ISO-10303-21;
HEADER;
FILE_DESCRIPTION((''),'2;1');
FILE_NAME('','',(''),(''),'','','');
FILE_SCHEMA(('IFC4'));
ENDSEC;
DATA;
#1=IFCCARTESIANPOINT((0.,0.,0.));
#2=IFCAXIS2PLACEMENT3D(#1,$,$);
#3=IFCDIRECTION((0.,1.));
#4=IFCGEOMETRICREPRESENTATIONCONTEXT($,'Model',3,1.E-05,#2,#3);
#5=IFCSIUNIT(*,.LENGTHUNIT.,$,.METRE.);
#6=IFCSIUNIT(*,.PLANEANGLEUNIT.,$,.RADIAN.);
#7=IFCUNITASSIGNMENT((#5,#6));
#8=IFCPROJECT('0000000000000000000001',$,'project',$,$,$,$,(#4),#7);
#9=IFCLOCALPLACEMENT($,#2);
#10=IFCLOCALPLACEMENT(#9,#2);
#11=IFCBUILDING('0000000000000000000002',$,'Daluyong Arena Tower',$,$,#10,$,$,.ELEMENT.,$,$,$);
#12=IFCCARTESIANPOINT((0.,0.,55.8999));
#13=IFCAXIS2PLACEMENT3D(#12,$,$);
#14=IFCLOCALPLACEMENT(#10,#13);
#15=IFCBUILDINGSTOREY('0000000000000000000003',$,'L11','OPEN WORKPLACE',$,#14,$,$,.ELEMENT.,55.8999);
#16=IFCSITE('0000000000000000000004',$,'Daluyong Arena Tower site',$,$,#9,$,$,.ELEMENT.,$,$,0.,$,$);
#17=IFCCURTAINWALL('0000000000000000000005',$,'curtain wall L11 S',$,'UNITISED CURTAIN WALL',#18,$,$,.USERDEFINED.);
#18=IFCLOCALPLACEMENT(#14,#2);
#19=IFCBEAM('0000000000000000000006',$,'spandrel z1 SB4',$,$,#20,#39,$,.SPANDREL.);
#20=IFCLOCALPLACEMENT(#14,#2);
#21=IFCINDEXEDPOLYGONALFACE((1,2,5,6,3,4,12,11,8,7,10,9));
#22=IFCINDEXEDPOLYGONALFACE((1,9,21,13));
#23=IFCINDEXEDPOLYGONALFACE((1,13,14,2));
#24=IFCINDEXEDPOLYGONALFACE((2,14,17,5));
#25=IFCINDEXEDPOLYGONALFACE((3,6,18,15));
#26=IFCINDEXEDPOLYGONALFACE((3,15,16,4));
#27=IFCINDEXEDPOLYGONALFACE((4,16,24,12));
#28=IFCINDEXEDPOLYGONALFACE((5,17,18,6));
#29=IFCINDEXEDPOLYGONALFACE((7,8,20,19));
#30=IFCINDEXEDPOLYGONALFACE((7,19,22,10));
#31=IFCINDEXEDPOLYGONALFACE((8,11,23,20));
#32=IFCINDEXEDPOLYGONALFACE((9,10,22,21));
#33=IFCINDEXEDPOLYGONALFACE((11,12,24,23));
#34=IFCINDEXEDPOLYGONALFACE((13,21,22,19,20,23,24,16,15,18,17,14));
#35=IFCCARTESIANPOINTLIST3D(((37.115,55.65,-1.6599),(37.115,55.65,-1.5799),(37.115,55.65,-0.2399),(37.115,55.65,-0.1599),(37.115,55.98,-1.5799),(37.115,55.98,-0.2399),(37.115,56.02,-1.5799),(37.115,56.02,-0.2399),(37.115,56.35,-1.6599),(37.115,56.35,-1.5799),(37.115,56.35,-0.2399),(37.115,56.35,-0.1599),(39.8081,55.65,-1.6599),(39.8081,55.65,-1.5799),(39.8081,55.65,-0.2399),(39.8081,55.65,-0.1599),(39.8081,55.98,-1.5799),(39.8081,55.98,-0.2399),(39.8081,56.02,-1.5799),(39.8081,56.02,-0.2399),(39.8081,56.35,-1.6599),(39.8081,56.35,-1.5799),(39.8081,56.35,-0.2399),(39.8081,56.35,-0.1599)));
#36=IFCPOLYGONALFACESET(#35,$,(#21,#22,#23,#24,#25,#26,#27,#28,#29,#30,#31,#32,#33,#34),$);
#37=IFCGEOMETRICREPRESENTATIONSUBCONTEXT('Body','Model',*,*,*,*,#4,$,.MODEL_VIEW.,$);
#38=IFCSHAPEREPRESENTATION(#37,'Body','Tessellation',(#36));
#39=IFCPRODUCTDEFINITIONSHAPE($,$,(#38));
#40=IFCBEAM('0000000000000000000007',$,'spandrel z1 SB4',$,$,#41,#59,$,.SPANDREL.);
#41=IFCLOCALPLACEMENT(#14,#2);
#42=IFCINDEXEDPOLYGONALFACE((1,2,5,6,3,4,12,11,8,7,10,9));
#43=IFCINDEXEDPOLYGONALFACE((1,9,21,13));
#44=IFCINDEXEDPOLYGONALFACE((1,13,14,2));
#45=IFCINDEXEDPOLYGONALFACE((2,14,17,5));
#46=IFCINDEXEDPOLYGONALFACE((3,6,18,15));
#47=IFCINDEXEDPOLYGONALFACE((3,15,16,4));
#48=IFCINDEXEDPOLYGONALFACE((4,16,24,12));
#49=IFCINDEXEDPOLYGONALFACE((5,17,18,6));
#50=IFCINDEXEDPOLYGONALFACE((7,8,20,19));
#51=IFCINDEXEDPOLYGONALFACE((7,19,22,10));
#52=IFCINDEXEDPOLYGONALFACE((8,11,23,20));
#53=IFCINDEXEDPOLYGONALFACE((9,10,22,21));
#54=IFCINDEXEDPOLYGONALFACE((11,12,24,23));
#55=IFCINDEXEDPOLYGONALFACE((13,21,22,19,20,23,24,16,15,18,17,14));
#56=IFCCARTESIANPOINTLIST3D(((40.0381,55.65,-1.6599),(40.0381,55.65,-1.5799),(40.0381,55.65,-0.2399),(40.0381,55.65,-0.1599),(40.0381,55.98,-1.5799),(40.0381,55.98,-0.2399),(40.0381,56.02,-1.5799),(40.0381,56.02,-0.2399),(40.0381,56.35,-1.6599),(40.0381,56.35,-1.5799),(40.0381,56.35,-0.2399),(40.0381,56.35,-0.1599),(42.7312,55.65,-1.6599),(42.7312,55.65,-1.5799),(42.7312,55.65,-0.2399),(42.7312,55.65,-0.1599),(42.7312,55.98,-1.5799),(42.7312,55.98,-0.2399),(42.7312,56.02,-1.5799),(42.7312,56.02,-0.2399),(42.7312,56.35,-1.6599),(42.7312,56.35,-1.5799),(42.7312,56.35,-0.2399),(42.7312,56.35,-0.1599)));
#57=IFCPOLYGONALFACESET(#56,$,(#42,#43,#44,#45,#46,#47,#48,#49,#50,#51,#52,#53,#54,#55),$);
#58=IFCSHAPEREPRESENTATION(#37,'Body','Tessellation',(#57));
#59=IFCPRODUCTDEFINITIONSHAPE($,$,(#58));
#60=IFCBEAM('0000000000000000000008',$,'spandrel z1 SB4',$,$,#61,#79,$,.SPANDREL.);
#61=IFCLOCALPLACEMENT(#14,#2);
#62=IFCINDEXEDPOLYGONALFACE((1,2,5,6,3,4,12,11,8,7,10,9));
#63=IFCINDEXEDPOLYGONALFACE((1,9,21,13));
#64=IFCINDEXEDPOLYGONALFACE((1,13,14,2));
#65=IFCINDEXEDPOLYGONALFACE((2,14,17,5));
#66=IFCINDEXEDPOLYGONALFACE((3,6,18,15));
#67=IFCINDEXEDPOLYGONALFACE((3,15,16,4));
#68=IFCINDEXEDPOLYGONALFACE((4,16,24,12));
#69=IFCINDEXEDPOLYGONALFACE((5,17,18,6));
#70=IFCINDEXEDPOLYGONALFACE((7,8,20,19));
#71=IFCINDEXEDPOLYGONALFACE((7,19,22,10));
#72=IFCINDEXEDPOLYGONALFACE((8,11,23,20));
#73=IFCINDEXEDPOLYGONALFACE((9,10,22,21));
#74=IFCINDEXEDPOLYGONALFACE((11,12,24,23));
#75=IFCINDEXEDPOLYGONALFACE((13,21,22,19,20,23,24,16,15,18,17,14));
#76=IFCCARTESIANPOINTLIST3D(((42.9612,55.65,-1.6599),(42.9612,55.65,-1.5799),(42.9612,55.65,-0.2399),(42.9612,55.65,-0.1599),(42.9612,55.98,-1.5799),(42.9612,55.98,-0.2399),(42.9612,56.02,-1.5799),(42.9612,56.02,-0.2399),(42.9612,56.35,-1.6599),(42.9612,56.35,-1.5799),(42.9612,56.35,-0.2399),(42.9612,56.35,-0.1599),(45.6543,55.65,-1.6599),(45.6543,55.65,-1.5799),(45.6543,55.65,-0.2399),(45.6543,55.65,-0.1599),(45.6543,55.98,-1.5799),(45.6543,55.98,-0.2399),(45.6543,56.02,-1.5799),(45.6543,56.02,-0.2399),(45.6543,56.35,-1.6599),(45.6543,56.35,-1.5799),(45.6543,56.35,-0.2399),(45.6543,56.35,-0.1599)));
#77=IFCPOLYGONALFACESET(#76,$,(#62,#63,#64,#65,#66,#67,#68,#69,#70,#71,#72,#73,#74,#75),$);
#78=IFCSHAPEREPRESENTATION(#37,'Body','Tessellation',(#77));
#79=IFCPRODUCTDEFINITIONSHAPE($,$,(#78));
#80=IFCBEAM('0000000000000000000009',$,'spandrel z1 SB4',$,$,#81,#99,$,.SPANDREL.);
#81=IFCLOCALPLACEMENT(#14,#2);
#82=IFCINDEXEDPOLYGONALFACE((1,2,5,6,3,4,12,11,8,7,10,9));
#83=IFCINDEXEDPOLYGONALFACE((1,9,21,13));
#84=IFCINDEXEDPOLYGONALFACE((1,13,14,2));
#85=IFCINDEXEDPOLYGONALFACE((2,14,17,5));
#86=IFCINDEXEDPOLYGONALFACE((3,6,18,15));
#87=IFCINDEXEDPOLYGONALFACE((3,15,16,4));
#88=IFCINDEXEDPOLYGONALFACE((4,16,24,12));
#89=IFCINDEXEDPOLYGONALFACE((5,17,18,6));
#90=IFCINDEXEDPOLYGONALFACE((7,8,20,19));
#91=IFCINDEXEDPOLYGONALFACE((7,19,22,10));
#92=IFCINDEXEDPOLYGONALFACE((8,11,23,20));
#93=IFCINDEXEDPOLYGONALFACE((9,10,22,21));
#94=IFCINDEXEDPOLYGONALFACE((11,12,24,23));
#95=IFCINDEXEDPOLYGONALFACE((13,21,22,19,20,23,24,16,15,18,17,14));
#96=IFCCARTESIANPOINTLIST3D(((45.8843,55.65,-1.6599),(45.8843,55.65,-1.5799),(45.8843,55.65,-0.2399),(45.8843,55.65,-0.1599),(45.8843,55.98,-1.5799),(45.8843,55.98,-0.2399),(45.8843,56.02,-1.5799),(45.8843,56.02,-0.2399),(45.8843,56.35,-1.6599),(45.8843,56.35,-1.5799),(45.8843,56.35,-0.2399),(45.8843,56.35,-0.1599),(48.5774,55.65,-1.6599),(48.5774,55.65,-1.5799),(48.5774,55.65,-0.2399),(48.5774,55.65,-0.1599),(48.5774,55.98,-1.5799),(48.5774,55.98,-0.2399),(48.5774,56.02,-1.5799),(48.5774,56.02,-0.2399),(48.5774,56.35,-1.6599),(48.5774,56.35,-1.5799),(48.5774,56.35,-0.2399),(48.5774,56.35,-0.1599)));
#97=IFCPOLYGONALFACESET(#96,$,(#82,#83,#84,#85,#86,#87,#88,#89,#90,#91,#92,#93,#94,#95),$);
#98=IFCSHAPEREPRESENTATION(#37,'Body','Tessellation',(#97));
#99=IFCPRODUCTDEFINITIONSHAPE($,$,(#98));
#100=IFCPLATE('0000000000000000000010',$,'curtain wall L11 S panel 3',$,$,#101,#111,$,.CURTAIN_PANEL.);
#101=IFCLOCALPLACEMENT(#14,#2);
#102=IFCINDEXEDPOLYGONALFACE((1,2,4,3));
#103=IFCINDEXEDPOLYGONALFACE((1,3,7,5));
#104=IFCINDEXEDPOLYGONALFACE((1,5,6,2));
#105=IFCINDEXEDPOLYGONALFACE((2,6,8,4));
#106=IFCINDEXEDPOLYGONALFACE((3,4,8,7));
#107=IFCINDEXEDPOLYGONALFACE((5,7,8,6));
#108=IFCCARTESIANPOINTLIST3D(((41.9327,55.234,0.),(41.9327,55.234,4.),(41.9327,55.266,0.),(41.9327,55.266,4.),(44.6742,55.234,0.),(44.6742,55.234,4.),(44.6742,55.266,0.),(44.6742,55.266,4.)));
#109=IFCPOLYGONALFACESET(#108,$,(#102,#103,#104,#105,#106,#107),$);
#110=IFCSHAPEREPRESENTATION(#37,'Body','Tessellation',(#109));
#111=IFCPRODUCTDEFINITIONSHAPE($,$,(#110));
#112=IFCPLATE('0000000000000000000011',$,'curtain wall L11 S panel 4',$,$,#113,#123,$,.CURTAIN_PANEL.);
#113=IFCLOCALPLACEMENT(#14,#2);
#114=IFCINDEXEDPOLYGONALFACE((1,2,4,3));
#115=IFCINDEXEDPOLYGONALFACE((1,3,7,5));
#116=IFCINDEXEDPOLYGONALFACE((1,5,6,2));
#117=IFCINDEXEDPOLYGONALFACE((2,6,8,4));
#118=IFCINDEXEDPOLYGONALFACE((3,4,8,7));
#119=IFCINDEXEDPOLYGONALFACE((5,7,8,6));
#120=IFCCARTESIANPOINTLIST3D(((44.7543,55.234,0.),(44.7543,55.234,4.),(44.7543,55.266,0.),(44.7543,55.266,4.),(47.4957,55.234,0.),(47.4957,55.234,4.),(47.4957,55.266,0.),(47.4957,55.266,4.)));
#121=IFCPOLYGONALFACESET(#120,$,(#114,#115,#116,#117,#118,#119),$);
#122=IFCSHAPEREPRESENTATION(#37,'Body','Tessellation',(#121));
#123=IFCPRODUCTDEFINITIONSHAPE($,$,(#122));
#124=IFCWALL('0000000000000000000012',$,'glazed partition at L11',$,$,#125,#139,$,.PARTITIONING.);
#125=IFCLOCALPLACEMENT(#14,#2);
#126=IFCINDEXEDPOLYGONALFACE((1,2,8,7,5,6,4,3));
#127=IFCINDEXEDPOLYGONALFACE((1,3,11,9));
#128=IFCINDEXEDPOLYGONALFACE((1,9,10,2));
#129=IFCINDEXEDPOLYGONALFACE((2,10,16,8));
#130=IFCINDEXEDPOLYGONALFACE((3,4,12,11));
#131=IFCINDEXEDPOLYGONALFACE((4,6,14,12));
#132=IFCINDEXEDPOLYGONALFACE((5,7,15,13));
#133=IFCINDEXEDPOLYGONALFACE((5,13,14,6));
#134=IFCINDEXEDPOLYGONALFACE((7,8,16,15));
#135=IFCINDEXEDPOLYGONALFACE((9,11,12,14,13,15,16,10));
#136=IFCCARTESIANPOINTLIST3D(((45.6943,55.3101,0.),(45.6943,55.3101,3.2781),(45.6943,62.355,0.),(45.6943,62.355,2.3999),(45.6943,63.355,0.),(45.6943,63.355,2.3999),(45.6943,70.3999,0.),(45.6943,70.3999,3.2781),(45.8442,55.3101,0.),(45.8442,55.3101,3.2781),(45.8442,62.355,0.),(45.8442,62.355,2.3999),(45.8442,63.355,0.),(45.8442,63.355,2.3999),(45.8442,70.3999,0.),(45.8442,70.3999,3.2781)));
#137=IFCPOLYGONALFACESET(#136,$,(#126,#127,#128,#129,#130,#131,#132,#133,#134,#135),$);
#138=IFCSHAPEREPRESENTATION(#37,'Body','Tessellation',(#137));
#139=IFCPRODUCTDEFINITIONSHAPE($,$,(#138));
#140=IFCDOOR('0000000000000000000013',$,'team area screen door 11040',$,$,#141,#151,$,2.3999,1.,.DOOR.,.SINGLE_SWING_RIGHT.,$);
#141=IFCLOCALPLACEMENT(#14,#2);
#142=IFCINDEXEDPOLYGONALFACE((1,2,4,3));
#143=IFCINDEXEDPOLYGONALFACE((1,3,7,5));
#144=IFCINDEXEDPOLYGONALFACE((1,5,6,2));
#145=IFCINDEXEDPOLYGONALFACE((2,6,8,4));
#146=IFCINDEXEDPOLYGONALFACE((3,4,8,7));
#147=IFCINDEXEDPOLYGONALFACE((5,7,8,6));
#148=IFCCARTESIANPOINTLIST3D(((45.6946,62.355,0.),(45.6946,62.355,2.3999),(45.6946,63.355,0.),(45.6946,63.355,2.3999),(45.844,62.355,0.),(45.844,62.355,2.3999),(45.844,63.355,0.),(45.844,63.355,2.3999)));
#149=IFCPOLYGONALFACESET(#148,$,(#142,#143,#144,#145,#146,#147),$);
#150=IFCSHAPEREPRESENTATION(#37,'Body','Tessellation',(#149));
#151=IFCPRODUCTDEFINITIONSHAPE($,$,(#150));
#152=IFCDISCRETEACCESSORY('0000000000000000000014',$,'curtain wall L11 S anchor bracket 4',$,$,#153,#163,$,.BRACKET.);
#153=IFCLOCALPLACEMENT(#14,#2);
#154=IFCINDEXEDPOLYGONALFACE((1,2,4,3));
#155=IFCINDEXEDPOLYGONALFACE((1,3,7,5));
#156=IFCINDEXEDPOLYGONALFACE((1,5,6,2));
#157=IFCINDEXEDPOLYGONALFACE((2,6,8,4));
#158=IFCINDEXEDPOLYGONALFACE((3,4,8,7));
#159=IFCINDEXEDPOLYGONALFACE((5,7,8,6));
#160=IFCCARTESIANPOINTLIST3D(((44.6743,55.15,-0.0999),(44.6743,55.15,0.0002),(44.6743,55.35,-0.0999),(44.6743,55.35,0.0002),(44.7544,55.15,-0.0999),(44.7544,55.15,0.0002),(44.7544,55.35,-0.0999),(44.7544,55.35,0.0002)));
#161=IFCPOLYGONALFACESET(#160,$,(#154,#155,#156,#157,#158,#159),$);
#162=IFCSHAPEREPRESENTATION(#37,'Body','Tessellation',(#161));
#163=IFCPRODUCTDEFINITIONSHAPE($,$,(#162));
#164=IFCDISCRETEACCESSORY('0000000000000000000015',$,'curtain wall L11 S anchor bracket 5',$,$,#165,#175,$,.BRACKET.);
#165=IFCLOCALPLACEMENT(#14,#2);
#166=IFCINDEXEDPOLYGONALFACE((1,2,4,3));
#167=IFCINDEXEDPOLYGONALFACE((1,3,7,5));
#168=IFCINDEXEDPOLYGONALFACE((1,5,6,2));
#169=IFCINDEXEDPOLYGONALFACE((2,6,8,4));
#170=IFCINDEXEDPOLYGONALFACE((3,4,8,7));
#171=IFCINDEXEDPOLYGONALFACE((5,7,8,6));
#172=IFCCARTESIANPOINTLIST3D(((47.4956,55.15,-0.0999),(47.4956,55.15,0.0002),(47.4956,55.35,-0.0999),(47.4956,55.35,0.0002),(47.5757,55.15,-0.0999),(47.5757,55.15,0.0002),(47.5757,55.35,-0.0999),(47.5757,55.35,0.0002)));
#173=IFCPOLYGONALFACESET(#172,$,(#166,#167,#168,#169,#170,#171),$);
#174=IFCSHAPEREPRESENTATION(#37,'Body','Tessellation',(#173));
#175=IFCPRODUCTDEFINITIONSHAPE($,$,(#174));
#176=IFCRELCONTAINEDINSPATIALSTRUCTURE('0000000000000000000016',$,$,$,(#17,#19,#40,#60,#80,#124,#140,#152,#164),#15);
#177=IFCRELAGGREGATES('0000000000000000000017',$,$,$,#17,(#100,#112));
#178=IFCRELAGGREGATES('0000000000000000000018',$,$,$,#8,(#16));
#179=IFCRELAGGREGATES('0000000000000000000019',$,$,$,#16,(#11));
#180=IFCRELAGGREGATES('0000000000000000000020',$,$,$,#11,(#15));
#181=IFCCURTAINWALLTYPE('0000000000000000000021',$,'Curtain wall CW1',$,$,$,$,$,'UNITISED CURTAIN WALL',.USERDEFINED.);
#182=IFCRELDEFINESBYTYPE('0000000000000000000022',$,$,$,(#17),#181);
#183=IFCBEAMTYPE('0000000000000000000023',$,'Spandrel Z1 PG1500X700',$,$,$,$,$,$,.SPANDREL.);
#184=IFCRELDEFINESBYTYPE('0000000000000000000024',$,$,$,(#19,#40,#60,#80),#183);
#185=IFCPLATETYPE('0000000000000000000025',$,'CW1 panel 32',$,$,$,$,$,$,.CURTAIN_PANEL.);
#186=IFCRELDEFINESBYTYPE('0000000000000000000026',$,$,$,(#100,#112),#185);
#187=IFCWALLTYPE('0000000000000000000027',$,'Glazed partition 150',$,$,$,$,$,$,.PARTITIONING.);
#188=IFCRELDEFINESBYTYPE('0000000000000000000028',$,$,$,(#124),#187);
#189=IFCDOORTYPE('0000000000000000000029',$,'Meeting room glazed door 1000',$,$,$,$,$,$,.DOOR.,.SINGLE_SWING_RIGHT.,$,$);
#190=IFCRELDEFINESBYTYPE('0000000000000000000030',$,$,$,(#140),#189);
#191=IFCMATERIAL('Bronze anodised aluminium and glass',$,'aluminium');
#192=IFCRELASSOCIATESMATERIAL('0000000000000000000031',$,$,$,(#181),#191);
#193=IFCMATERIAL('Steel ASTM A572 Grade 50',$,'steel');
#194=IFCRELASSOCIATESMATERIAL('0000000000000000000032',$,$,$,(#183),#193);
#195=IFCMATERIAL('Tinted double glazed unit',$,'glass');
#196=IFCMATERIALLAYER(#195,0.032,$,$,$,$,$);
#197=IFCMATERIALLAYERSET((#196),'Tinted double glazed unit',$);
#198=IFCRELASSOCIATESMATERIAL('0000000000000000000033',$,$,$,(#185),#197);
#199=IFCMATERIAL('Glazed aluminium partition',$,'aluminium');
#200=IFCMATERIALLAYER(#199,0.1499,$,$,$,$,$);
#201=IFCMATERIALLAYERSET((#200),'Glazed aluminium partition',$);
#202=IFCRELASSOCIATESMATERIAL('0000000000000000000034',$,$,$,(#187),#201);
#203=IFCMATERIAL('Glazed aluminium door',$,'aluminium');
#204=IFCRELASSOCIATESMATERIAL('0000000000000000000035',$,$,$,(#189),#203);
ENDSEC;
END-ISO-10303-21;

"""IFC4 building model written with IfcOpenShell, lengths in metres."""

from ifc_helpers import new_model, si_unit, direction, frame, frame_2d, origin, origin_2d, place, context, subcontext, project, spatial, rectangle, i_section, extrude, material, layer, layer_set, material_profile, profile_set, type_object, element, fill, aggregate, save


model = new_model("IFC4")

# Units and contexts
model_context = context("Model", 3, precision=1e-05, world=origin(), true_north=direction((0.0, 1.0)))
body_context = subcontext(model_context, "Body", "Model", "MODEL_VIEW")
ifc_project = project(units=[si_unit("LENGTHUNIT", "METRE"), si_unit("PLANEANGLEUNIT", "RADIAN")], contexts=[model_context])

# Site, building, storey
site_placement = place(None, origin())
site = spatial("IfcSite", under=ifc_project, at=site_placement, Name="Daluyong Arena Tower site", CompositionType="ELEMENT", RefElevation=0.0)
building_placement = place(site_placement, origin())
building = spatial("IfcBuilding", under=site, at=building_placement, Name="Daluyong Arena Tower", CompositionType="ELEMENT")
storey_placement = place(building_placement, frame((0.0, 0.0, 55.8999)))
storey = spatial("IfcBuildingStorey", under=building, at=storey_placement, Name="L11", Description="OPEN WORKPLACE", CompositionType="ELEMENT", Elevation=55.8999)

# Curtain wall
ifc_material_1 = material(Name="Bronze anodised aluminium and glass", Category="aluminium")
curtain_wall_type_1 = type_object("IfcCurtainWallType", Name="Curtain wall CW1", ElementType="UNITISED CURTAIN WALL", PredefinedType="USERDEFINED", material=ifc_material_1)
curtain_wall_1_placement = place(storey_placement, origin())
curtain_wall_1 = element("IfcCurtainWall", 1, at=curtain_wall_1_placement, inside=storey, type_object=curtain_wall_type_1, Name="curtain wall L11 S", ObjectType="UNITISED CURTAIN WALL", PredefinedType="USERDEFINED")

# Beams
ifc_material_2 = material(Name="Steel ASTM A572 Grade 50", Category="steel")
ifc_material_profile_1 = material_profile(ifc_material_2, i_section(OverallWidth=0.7, OverallDepth=1.5, WebThickness=0.04, FlangeThickness=0.08, at=origin_2d()))
ifc_profile_set_1 = profile_set([ifc_material_profile_1], Name="Steel ASTM A572 Grade 50")
beam_type_1 = type_object("IfcBeamType", Name="Spandrel Z1 PG1500X700", PredefinedType="SPANDREL", material=ifc_profile_set_1)
for number, where, z_axis, x_axis, name in (
    (2, (37.115, 56.0, -0.9099), (1.0, 0.0, 0.0), (0.0, 1.0, 0.0), "spandrel z1 SB4"),
    (3, (40.0381, 56.0, -0.9099), (1.0, 0.0, 0.0), (0.0, 1.0, 0.0), "spandrel z1 SB4"),
    (4, (42.9612, 56.0, -0.9099), (1.0, 0.0, 0.0), (0.0, 1.0, 0.0), "spandrel z1 SB4"),
    (5, (45.8843, 56.0, -0.9099), (1.0, 0.0, 0.0), (0.0, 1.0, 0.0), "spandrel z1 SB4"),
):
    element("IfcBeam", number, at=place(storey_placement, frame(where, z_axis=z_axis, x_axis=x_axis)), inside=storey, type_object=beam_type_1, Name=name, PredefinedType="SPANDREL", context=body_context, shape_type="SweptSolid", body=[
        extrude(i_section(OverallWidth=0.7, OverallDepth=1.5, WebThickness=0.04, FlangeThickness=0.08, at=origin_2d()), origin(), (0.0, 0.0, 1.0), 2.6931),
    ])

# Plates
ifc_material_3 = material(Name="Tinted double glazed unit", Category="glass")
ifc_layer_1 = layer(ifc_material_3, 0.032)
ifc_layer_set_1 = layer_set([ifc_layer_1], Name="Tinted double glazed unit")
plate_type = type_object("IfcPlateType", Name="CW1 panel 32", PredefinedType="CURTAIN_PANEL", material=ifc_layer_set_1)
plate_1_placement = place(storey_placement, frame((43.3035, 55.25, 0.0), z_axis=(0.0, 0.0, 1.0), x_axis=(1.0, 0.0, 0.0)))
plate_1 = element("IfcPlate", 6, at=plate_1_placement, type_object=plate_type, Name="curtain wall L11 S panel 3", PredefinedType="CURTAIN_PANEL", context=body_context, shape_type="SweptSolid", body=[
    extrude(rectangle(XDim=2.7415, YDim=0.032, at=origin_2d()), origin(), (0.0, 0.0, 1.0), 4.0),
])
plate_2_placement = place(storey_placement, frame((46.125, 55.25, 0.0), z_axis=(0.0, 0.0, 1.0), x_axis=(1.0, 0.0, 0.0)))
plate_2 = element("IfcPlate", 7, at=plate_2_placement, type_object=plate_type, Name="curtain wall L11 S panel 4", PredefinedType="CURTAIN_PANEL", context=body_context, shape_type="SweptSolid", body=[
    extrude(rectangle(XDim=2.7415, YDim=0.032, at=origin_2d()), origin(), (0.0, 0.0, 1.0), 4.0),
])
aggregate(curtain_wall_1, [plate_1, plate_2])

# Wall, opening, door
ifc_material_4 = material(Name="Glazed aluminium partition", Category="aluminium")
ifc_layer_2 = layer(ifc_material_4, 0.1499)
ifc_layer_set_2 = layer_set([ifc_layer_2], Name="Glazed aluminium partition")
wall_type = type_object("IfcWallType", Name="Glazed partition 150", PredefinedType="PARTITIONING", material=ifc_layer_set_2)
wall_placement = place(storey_placement, frame((45.7693, 55.3101, 0.0), z_axis=(0.0, 0.0, 1.0), x_axis=(0.0, 1.0, 0.0)))
wall = element("IfcWall", 8, at=wall_placement, inside=storey, type_object=wall_type, Name="glazed partition at L11", PredefinedType="PARTITIONING", context=body_context, shape_type="SweptSolid", body=[
    extrude(rectangle(XDim=15.0898, YDim=0.1499, at=frame_2d((7.5449, 0.0))), origin(), (0.0, 0.0, 1.0), 3.2781),
])
opening_placement = place(wall_placement, frame((7.0449, 0.0, 0.0)))
opening = element("IfcOpeningElement", 9, at=opening_placement, cuts=wall, PredefinedType="OPENING", context=body_context, shape_type="SweptSolid", body=[
    extrude(rectangle(XDim=1.0, YDim=2.3999, at=frame_2d((0.5, 1.2))), frame((0.0, 0.085, 0.0), z_axis=(0.0, -1.0, 0.0), x_axis=(1.0, 0.0, 0.0)), (0.0, 0.0, 1.0), 0.1699),
])
ifc_material_5 = material(Name="Glazed aluminium door", Category="aluminium")
door_type = type_object("IfcDoorType", Name="Meeting room glazed door 1000", OperationType="SINGLE_SWING_RIGHT", PredefinedType="DOOR", material=ifc_material_5)
door_placement = place(opening_placement, origin())
door = element("IfcDoor", 10, at=door_placement, inside=storey, type_object=door_type, Name="team area screen door 11040", OperationType="SINGLE_SWING_RIGHT", OverallHeight=2.3999, OverallWidth=1.0, PredefinedType="DOOR", context=body_context, shape_type="SweptSolid", body=[
    extrude(rectangle(XDim=1.0, YDim=2.3999, at=frame_2d((0.5, 1.2))), frame((0.0, 0.0747, 0.0), z_axis=(0.0, -1.0, 0.0), x_axis=(1.0, 0.0, 0.0)), (0.0, 0.0, 1.0), 0.1494),
])
fill(opening, door)

# Discrete accessories
for number, where, z_axis, x_axis, name in (
    (11, (44.7144, 55.25, -0.0999), (0.0, 0.0, 1.0), (1.0, 0.0, 0.0), "curtain wall L11 S anchor bracket 4"),
    (12, (47.5356, 55.25, -0.0999), (0.0, 0.0, 1.0), (1.0, 0.0, 0.0), "curtain wall L11 S anchor bracket 5"),
):
    element("IfcDiscreteAccessory", number, at=place(storey_placement, frame(where, z_axis=z_axis, x_axis=x_axis)), inside=storey, Name=name, PredefinedType="BRACKET", context=body_context, shape_type="SweptSolid", body=[
        extrude(rectangle(XDim=0.0801, YDim=0.2, at=origin_2d()), origin(), (0.0, 0.0, 1.0), 0.1001),
    ])

save(model, "model.ifc")
